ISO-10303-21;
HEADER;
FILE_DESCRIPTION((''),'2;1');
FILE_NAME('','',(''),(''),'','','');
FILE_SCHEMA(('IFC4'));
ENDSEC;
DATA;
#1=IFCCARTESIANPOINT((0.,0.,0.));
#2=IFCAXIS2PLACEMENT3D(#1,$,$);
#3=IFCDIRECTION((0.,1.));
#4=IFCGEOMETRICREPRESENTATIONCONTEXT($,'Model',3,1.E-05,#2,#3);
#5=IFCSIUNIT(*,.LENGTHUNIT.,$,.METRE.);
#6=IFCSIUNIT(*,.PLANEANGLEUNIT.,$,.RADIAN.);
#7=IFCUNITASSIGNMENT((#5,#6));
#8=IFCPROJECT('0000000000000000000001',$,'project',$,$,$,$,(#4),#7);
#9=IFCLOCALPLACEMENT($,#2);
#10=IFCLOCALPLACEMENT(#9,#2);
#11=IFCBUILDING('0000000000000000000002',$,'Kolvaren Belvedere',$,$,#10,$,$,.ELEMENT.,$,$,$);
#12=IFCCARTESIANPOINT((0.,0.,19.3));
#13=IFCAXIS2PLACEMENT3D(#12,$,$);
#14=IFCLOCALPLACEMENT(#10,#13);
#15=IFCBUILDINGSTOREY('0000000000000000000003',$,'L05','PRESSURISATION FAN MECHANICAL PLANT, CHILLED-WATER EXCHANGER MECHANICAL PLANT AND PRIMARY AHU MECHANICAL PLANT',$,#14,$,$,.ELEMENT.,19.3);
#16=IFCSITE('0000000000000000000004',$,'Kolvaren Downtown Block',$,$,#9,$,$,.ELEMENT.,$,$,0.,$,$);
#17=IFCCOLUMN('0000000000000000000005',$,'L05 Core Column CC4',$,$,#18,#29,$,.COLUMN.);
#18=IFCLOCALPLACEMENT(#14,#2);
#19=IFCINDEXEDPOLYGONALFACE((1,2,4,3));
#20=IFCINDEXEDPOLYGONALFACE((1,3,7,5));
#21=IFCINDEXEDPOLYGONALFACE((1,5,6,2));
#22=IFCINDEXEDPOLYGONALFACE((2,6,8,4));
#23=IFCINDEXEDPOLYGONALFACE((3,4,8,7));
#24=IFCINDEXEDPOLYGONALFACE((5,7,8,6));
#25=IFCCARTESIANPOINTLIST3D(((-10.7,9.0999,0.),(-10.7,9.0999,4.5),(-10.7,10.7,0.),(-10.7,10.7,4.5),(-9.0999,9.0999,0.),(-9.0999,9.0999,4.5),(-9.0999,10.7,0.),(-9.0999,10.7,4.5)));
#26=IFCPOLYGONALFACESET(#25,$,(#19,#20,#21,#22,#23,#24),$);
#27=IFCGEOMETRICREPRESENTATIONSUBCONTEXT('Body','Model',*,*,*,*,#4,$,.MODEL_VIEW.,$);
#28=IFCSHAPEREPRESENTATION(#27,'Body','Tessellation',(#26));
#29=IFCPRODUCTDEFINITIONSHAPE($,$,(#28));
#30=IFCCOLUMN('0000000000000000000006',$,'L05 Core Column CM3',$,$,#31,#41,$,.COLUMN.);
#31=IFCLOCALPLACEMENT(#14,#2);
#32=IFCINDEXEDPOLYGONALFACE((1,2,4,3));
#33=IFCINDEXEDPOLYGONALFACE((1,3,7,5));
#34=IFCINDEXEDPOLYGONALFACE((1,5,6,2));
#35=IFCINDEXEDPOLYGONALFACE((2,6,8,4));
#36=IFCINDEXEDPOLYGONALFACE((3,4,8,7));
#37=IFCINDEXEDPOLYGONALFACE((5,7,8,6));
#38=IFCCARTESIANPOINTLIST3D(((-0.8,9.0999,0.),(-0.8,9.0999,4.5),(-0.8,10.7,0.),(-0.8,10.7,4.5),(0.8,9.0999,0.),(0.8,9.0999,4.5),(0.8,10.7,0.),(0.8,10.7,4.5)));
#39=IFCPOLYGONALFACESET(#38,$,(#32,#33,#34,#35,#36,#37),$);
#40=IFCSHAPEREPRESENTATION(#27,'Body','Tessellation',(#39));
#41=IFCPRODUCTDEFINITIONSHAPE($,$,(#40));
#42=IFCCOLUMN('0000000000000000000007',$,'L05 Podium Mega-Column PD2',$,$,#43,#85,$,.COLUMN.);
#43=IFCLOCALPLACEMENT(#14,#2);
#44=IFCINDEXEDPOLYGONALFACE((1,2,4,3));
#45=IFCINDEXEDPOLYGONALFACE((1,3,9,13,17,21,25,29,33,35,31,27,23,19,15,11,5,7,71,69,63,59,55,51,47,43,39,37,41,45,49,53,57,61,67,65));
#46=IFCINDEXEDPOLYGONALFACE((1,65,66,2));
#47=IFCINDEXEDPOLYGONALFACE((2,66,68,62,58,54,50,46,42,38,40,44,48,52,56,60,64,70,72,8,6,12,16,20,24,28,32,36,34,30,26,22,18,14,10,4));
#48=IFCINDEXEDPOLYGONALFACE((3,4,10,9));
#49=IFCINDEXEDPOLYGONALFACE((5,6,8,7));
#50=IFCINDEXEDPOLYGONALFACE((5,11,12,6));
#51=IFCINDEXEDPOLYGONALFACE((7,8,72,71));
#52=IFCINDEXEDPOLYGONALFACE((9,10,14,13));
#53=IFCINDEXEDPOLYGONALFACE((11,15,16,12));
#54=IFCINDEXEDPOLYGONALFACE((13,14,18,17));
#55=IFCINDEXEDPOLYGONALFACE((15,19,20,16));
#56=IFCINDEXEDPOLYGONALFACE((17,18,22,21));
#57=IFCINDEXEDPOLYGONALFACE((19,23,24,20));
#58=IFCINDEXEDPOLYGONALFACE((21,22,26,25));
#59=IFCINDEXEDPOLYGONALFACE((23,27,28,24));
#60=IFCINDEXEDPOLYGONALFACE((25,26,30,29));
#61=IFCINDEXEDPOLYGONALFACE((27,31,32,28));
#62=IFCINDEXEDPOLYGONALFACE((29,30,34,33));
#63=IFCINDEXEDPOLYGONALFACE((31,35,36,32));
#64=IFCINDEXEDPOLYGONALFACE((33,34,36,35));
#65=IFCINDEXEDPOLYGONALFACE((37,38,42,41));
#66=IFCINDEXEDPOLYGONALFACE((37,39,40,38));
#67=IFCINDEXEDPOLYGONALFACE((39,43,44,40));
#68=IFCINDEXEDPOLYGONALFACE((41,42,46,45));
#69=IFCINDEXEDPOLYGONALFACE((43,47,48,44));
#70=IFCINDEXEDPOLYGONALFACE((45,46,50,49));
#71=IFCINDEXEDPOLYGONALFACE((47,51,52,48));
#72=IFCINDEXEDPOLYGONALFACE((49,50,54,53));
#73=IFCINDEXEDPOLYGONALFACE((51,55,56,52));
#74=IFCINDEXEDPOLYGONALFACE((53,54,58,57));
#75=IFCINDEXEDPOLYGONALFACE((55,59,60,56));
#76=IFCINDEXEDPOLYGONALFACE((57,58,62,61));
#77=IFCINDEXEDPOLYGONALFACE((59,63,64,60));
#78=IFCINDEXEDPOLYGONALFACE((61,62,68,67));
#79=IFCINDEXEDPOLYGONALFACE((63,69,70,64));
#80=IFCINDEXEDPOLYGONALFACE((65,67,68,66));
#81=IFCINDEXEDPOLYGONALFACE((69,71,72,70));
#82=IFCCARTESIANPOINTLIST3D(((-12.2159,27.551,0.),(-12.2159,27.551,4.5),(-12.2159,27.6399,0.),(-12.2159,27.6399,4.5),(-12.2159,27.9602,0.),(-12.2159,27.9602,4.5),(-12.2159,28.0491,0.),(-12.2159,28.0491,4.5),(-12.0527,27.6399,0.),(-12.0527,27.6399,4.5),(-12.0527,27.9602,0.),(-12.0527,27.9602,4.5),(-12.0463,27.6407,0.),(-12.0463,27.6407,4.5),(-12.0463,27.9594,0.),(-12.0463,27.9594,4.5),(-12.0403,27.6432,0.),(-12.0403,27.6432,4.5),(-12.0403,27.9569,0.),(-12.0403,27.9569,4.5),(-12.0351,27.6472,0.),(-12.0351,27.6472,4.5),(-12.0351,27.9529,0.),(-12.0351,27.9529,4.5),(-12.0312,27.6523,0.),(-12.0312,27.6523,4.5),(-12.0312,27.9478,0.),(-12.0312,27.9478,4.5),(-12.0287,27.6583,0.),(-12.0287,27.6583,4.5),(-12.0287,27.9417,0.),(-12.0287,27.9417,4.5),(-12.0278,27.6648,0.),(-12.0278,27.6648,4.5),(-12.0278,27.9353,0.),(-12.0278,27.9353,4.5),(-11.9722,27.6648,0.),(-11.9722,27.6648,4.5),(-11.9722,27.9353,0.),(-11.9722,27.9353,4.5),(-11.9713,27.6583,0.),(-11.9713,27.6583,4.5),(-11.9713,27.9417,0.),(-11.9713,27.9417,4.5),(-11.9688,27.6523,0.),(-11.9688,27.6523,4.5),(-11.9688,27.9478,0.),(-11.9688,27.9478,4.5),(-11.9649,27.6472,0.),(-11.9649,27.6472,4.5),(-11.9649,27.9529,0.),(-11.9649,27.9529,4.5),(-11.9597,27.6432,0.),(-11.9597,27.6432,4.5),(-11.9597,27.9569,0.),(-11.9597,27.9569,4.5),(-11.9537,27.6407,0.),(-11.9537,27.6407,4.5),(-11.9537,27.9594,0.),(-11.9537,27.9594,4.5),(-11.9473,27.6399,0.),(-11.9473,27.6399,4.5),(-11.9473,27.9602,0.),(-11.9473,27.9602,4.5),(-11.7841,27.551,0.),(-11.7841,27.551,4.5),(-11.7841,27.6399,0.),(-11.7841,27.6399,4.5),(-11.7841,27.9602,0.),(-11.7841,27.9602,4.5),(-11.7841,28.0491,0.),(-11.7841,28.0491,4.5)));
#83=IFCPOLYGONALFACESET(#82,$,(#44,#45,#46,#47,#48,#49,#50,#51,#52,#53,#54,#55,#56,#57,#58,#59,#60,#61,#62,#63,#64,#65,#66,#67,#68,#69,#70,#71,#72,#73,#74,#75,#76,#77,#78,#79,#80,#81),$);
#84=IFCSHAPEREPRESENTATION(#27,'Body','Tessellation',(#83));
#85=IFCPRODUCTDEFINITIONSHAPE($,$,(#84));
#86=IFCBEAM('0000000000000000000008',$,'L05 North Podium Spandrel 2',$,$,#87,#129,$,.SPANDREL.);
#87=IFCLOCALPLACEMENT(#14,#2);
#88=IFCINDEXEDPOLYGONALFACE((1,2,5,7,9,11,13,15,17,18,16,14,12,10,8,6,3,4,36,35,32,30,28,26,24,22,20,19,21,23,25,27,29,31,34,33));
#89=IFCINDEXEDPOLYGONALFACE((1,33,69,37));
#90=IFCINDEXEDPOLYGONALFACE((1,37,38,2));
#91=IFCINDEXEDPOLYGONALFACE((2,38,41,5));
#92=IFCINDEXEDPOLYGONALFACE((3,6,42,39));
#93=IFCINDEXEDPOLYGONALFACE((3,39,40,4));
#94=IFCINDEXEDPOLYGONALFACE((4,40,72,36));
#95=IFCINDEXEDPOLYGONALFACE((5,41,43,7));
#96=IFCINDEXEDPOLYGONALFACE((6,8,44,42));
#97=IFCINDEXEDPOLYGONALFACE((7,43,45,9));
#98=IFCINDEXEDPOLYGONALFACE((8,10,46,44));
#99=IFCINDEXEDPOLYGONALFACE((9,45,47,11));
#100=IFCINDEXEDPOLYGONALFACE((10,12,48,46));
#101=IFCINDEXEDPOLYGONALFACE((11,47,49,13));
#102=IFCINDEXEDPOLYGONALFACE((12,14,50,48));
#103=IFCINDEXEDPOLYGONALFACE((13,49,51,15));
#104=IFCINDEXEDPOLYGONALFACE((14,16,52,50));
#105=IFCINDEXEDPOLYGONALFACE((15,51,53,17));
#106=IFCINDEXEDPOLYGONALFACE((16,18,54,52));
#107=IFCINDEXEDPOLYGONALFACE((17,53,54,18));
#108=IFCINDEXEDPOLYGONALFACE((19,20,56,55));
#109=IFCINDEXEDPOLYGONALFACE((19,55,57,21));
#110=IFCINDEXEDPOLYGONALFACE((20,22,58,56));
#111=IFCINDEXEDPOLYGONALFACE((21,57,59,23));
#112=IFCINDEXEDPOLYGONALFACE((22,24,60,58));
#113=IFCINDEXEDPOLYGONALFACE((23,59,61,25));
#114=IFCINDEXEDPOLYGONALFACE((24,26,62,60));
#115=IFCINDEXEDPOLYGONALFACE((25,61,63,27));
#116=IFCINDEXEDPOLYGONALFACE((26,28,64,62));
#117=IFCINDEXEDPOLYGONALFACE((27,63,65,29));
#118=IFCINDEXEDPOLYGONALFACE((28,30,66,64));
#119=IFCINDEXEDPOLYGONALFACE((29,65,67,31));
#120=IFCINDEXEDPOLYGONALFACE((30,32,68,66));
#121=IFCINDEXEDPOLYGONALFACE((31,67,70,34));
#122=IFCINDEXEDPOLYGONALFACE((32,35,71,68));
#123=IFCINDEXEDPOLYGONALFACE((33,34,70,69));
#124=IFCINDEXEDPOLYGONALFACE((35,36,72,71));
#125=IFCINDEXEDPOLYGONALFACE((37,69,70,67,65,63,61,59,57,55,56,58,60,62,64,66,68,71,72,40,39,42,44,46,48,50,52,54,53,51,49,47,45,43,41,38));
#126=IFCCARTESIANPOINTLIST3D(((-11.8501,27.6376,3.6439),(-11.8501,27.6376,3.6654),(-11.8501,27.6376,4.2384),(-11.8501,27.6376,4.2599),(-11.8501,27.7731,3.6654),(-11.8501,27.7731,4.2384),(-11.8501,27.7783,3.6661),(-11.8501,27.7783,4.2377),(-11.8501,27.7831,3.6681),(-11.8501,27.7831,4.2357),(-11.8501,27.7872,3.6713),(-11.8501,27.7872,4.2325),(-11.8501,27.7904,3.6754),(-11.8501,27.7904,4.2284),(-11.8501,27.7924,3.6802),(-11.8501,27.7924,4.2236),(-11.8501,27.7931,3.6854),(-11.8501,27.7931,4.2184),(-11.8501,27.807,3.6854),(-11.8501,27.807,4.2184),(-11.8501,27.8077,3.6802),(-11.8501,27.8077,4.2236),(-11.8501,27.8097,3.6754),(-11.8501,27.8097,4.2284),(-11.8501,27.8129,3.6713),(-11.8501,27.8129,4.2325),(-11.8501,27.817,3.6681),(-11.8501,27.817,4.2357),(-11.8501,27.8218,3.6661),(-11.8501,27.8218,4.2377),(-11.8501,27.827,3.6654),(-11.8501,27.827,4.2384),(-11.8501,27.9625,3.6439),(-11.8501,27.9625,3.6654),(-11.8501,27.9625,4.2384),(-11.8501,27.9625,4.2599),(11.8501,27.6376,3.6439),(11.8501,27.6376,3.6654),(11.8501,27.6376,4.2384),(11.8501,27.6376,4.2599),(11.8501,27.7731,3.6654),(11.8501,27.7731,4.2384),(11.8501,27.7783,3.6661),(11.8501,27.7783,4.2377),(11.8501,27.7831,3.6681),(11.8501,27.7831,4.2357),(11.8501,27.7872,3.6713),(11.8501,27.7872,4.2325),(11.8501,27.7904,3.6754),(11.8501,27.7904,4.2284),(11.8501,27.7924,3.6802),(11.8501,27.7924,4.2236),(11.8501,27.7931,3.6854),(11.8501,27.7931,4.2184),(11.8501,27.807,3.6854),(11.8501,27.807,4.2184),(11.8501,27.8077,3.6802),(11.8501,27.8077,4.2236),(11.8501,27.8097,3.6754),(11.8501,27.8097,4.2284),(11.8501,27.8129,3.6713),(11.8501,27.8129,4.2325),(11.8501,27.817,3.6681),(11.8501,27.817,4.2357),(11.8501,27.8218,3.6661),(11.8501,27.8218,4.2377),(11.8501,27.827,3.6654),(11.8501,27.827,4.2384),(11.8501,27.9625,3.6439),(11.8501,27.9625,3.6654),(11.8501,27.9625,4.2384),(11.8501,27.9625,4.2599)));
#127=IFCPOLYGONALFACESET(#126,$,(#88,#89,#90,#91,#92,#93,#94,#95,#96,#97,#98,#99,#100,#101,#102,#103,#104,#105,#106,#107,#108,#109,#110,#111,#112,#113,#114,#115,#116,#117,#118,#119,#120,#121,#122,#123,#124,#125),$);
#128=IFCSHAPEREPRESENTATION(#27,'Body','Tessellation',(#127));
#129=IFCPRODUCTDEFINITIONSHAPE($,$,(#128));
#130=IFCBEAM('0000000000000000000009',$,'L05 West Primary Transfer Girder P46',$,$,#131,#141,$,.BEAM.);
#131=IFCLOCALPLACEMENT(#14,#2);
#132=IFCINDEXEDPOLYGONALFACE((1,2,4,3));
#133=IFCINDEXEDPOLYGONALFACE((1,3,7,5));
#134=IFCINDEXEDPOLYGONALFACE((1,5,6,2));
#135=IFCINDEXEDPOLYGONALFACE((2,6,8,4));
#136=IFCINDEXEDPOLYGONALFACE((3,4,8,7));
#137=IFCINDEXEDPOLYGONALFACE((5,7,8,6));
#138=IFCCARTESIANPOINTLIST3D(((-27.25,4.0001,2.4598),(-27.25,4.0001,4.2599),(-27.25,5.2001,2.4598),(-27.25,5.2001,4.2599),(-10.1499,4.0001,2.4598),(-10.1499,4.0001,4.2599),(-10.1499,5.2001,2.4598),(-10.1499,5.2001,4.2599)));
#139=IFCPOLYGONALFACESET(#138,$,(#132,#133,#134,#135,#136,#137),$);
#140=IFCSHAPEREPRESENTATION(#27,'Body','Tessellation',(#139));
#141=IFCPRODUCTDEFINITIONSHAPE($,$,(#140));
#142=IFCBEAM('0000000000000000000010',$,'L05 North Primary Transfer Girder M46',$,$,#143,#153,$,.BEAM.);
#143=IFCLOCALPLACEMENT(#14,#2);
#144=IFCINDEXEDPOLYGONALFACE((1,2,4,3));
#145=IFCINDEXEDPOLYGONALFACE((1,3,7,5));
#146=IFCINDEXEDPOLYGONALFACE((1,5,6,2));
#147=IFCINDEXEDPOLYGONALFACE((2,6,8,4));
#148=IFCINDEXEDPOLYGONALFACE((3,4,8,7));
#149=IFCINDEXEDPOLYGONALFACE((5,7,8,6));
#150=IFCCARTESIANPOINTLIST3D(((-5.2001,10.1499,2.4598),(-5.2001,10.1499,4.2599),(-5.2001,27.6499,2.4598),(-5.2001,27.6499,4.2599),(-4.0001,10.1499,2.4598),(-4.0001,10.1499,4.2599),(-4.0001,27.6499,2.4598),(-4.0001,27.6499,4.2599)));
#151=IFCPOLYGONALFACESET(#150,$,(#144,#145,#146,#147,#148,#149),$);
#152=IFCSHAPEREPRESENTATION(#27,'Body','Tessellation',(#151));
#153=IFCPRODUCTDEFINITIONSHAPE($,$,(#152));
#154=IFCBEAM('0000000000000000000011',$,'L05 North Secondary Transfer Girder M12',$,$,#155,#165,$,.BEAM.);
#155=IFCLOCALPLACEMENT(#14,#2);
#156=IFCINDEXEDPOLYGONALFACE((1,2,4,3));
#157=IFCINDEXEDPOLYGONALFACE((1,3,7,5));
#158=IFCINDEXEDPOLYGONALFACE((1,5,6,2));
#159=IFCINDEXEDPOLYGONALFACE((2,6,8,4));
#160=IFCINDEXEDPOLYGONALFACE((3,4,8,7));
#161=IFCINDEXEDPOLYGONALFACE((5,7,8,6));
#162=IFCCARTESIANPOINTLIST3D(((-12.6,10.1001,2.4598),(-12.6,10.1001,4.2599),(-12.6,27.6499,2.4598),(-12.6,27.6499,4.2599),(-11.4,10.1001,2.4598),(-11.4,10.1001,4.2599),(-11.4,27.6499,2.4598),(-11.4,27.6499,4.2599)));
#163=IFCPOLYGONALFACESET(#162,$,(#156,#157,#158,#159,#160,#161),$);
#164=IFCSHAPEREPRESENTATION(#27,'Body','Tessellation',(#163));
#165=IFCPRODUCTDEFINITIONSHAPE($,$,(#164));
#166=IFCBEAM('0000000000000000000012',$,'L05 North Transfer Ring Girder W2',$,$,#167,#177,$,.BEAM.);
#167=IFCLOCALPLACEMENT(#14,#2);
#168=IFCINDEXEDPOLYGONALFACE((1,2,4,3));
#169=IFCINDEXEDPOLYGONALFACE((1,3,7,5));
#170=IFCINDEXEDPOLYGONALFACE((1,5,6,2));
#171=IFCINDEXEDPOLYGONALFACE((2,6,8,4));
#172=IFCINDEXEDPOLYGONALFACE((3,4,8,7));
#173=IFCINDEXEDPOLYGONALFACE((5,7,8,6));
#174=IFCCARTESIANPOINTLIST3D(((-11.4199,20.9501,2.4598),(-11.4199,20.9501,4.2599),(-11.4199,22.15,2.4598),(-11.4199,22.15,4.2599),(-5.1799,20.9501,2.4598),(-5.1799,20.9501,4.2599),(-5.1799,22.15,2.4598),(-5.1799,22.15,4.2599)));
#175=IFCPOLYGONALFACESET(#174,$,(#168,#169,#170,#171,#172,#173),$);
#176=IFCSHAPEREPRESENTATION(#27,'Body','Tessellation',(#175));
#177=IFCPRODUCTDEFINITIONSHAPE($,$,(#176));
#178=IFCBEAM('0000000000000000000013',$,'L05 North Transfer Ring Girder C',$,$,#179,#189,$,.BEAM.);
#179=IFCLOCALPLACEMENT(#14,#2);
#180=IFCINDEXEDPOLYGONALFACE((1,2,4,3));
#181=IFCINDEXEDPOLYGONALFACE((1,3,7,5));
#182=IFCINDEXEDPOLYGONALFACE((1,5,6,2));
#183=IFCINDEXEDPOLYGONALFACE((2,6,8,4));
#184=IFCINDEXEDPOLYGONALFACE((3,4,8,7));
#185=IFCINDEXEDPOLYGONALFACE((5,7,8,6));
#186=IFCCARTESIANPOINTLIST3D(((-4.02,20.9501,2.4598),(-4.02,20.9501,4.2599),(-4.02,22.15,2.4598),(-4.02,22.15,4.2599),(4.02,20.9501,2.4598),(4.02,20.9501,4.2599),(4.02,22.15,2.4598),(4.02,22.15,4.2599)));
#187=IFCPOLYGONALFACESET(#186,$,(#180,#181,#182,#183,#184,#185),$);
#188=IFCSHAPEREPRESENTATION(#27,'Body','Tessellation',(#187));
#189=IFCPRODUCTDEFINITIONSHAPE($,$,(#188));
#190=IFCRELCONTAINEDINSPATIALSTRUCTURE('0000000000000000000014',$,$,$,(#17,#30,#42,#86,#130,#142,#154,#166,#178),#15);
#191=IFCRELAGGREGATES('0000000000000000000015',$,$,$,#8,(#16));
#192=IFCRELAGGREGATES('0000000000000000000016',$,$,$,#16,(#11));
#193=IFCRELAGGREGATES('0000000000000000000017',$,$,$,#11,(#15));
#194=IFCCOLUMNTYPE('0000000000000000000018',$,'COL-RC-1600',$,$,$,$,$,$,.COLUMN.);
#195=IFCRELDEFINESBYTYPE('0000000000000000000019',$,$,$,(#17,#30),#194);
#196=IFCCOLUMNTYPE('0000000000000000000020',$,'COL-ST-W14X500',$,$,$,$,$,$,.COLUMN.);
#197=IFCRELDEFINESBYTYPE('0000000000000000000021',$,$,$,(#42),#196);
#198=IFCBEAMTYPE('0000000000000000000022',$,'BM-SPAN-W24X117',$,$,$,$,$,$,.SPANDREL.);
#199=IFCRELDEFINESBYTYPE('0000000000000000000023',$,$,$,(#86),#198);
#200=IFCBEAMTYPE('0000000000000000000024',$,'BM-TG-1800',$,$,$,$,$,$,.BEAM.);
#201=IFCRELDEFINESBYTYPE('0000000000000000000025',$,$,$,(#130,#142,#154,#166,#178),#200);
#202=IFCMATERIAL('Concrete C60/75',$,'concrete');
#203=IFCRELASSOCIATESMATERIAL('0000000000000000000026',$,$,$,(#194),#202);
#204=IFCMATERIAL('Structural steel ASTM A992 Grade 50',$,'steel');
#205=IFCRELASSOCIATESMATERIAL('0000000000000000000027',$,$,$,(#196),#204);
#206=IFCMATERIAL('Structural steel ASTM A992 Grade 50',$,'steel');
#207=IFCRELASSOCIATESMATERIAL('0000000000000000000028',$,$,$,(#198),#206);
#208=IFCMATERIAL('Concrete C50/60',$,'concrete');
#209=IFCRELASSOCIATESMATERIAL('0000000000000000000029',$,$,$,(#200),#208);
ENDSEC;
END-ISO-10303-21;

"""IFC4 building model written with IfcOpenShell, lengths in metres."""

from ifc_helpers import new_model, si_unit, direction, frame, origin, origin_2d, place, context, subcontext, project, spatial, rectangle, i_section, extrude, material, material_profile, profile_set, type_object, element, save


model = new_model("IFC4")

# Units and contexts
model_context = context("Model", 3, precision=1e-05, world=origin(), true_north=direction((0.0, 1.0)))
body_context = subcontext(model_context, "Body", "Model", "MODEL_VIEW")
ifc_project = project(units=[si_unit("LENGTHUNIT", "METRE"), si_unit("PLANEANGLEUNIT", "RADIAN")], contexts=[model_context])

# Site, building, storey
site_placement = place(None, origin())
site = spatial("IfcSite", under=ifc_project, at=site_placement, Name="Kolvaren Downtown Block", CompositionType="ELEMENT", RefElevation=0.0)
building_placement = place(site_placement, origin())
building = spatial("IfcBuilding", under=site, at=building_placement, Name="Kolvaren Belvedere", CompositionType="ELEMENT")
storey_placement = place(building_placement, frame((0.0, 0.0, 19.3)))
storey = spatial("IfcBuildingStorey", under=building, at=storey_placement, Name="L05", Description="PRESSURISATION FAN MECHANICAL PLANT, CHILLED-WATER EXCHANGER MECHANICAL PLANT AND PRIMARY AHU MECHANICAL PLANT", CompositionType="ELEMENT", Elevation=19.3)

# Columns
ifc_material_1 = material(Name="Concrete C60/75", Category="concrete")
ifc_material_profile_1 = material_profile(ifc_material_1, rectangle(XDim=1.6001, YDim=1.6001, at=origin_2d()), Name="RC 1600X1600")
ifc_profile_set_1 = profile_set([ifc_material_profile_1], Name="Concrete C60/75")
column_type_1 = type_object("IfcColumnType", Name="COL-RC-1600", PredefinedType="COLUMN", material=ifc_profile_set_1)
for number, where, z_axis, x_axis, name in (
    (1, (-9.8999, 9.8999, 0.0), (0.0, 0.0, 1.0), (1.0, 0.0, 0.0), "L05 Core Column CC4"),
    (2, (0.0, 9.8999, 0.0), (0.0, 0.0, 1.0), (1.0, 0.0, 0.0), "L05 Core Column CM3"),
):
    element("IfcColumn", number, at=place(storey_placement, frame(where, z_axis=z_axis, x_axis=x_axis)), inside=storey, type_object=column_type_1, Name=name, PredefinedType="COLUMN", context=body_context, shape_type="SweptSolid", body=[
        extrude(rectangle(XDim=1.6001, YDim=1.6001, at=origin_2d()), origin(), (0.0, 0.0, 1.0), 4.5),
    ])
ifc_material_2 = material(Name="Structural steel ASTM A992 Grade 50", Category="steel")
ifc_material_profile_2 = material_profile(ifc_material_2, i_section(OverallWidth=0.4319, OverallDepth=0.498, WebThickness=0.0557, FlangeThickness=0.0889, FilletRadius=0.0249, at=origin_2d()), Name="W14X500")
ifc_profile_set_2 = profile_set([ifc_material_profile_2], Name="Structural steel ASTM A992 Grade 50")
column_type_2 = type_object("IfcColumnType", Name="COL-ST-W14X500", PredefinedType="COLUMN", material=ifc_profile_set_2)
column_placement = place(storey_placement, frame((-12.0, 27.8, 0.0), z_axis=(0.0, 0.0, 1.0), x_axis=(1.0, 0.0, 0.0)))
element("IfcColumn", 3, at=column_placement, inside=storey, type_object=column_type_2, Name="L05 Podium Mega-Column PD2", PredefinedType="COLUMN", context=body_context, shape_type="SweptSolid", body=[
    extrude(i_section(OverallWidth=0.4319, OverallDepth=0.498, WebThickness=0.0557, FlangeThickness=0.0889, FilletRadius=0.0249, at=origin_2d()), origin(), (0.0, 0.0, 1.0), 4.5),
])

# Beams
ifc_material_3 = material(Name="Structural steel ASTM A992 Grade 50", Category="steel")
ifc_material_profile_3 = material_profile(ifc_material_3, i_section(OverallWidth=0.325, OverallDepth=0.616, WebThickness=0.0139, FlangeThickness=0.0215, FilletRadius=0.02, at=origin_2d()), Name="W24X117")
ifc_profile_set_3 = profile_set([ifc_material_profile_3], Name="Structural steel ASTM A992 Grade 50")
beam_type_1 = type_object("IfcBeamType", Name="BM-SPAN-W24X117", PredefinedType="SPANDREL", material=ifc_profile_set_3)
beam_1_placement = place(storey_placement, frame((-11.8501, 27.8, 3.9519), z_axis=(1.0, 0.0, 0.0), x_axis=(0.0, 1.0, 0.0)))
element("IfcBeam", 4, at=beam_1_placement, inside=storey, type_object=beam_type_1, Name="L05 North Podium Spandrel 2", PredefinedType="SPANDREL", context=body_context, shape_type="SweptSolid", body=[
    extrude(i_section(OverallWidth=0.325, OverallDepth=0.616, WebThickness=0.0139, FlangeThickness=0.0215, FilletRadius=0.02, at=origin_2d()), origin(), (0.0, 0.0, 1.0), 23.7002),
])
ifc_material_4 = material(Name="Concrete C50/60", Category="concrete")
ifc_material_profile_4 = material_profile(ifc_material_4, rectangle(XDim=1.2, YDim=1.8, at=origin_2d()), Name="RC 1200X1800")
ifc_profile_set_4 = profile_set([ifc_material_profile_4], Name="Concrete C50/60")
beam_type_2 = type_object("IfcBeamType", Name="BM-TG-1800", PredefinedType="BEAM", material=ifc_profile_set_4)
beam_2_placement = place(storey_placement, frame((-10.1499, 4.6001, 3.3599), z_axis=(-1.0, 0.0, 0.0), x_axis=(0.0, -1.0, 0.0)))
element("IfcBeam", 5, at=beam_2_placement, inside=storey, type_object=beam_type_2, Name="L05 West Primary Transfer Girder P46", PredefinedType="BEAM", context=body_context, shape_type="SweptSolid", body=[
    extrude(rectangle(XDim=1.2, YDim=1.8, at=origin_2d()), origin(), (0.0, 0.0, 1.0), 17.1001),
])
beam_3_placement = place(storey_placement, frame((-4.6001, 10.1499, 3.3599), z_axis=(0.0, 1.0, 0.0), x_axis=(-1.0, 0.0, 0.0)))
element("IfcBeam", 6, at=beam_3_placement, inside=storey, type_object=beam_type_2, Name="L05 North Primary Transfer Girder M46", PredefinedType="BEAM", context=body_context, shape_type="SweptSolid", body=[
    extrude(rectangle(XDim=1.2, YDim=1.8, at=origin_2d()), origin(), (0.0, 0.0, 1.0), 17.5),
])
beam_4_placement = place(storey_placement, frame((-12.0, 10.1001, 3.3599), z_axis=(0.0, 1.0, 0.0), x_axis=(-1.0, 0.0, 0.0)))
element("IfcBeam", 7, at=beam_4_placement, inside=storey, type_object=beam_type_2, Name="L05 North Secondary Transfer Girder M12", PredefinedType="BEAM", context=body_context, shape_type="SweptSolid", body=[
    extrude(rectangle(XDim=1.2, YDim=1.8, at=origin_2d()), origin(), (0.0, 0.0, 1.0), 17.5498),
])
beam_5_placement = place(storey_placement, frame((-11.4199, 21.55, 3.3599), z_axis=(1.0, 0.0, 0.0), x_axis=(0.0, 1.0, 0.0)))
element("IfcBeam", 8, at=beam_5_placement, inside=storey, type_object=beam_type_2, Name="L05 North Transfer Ring Girder W2", PredefinedType="BEAM", context=body_context, shape_type="SweptSolid", body=[
    extrude(rectangle(XDim=1.2, YDim=1.8, at=origin_2d()), origin(), (0.0, 0.0, 1.0), 6.24),
])
beam_6_placement = place(storey_placement, frame((-4.02, 21.55, 3.3599), z_axis=(1.0, 0.0, 0.0), x_axis=(0.0, 1.0, 0.0)))
element("IfcBeam", 9, at=beam_6_placement, inside=storey, type_object=beam_type_2, Name="L05 North Transfer Ring Girder C", PredefinedType="BEAM", context=body_context, shape_type="SweptSolid", body=[
    extrude(rectangle(XDim=1.2, YDim=1.8, at=origin_2d()), origin(), (0.0, 0.0, 1.0), 8.04),
])

save(model, "model.ifc")
